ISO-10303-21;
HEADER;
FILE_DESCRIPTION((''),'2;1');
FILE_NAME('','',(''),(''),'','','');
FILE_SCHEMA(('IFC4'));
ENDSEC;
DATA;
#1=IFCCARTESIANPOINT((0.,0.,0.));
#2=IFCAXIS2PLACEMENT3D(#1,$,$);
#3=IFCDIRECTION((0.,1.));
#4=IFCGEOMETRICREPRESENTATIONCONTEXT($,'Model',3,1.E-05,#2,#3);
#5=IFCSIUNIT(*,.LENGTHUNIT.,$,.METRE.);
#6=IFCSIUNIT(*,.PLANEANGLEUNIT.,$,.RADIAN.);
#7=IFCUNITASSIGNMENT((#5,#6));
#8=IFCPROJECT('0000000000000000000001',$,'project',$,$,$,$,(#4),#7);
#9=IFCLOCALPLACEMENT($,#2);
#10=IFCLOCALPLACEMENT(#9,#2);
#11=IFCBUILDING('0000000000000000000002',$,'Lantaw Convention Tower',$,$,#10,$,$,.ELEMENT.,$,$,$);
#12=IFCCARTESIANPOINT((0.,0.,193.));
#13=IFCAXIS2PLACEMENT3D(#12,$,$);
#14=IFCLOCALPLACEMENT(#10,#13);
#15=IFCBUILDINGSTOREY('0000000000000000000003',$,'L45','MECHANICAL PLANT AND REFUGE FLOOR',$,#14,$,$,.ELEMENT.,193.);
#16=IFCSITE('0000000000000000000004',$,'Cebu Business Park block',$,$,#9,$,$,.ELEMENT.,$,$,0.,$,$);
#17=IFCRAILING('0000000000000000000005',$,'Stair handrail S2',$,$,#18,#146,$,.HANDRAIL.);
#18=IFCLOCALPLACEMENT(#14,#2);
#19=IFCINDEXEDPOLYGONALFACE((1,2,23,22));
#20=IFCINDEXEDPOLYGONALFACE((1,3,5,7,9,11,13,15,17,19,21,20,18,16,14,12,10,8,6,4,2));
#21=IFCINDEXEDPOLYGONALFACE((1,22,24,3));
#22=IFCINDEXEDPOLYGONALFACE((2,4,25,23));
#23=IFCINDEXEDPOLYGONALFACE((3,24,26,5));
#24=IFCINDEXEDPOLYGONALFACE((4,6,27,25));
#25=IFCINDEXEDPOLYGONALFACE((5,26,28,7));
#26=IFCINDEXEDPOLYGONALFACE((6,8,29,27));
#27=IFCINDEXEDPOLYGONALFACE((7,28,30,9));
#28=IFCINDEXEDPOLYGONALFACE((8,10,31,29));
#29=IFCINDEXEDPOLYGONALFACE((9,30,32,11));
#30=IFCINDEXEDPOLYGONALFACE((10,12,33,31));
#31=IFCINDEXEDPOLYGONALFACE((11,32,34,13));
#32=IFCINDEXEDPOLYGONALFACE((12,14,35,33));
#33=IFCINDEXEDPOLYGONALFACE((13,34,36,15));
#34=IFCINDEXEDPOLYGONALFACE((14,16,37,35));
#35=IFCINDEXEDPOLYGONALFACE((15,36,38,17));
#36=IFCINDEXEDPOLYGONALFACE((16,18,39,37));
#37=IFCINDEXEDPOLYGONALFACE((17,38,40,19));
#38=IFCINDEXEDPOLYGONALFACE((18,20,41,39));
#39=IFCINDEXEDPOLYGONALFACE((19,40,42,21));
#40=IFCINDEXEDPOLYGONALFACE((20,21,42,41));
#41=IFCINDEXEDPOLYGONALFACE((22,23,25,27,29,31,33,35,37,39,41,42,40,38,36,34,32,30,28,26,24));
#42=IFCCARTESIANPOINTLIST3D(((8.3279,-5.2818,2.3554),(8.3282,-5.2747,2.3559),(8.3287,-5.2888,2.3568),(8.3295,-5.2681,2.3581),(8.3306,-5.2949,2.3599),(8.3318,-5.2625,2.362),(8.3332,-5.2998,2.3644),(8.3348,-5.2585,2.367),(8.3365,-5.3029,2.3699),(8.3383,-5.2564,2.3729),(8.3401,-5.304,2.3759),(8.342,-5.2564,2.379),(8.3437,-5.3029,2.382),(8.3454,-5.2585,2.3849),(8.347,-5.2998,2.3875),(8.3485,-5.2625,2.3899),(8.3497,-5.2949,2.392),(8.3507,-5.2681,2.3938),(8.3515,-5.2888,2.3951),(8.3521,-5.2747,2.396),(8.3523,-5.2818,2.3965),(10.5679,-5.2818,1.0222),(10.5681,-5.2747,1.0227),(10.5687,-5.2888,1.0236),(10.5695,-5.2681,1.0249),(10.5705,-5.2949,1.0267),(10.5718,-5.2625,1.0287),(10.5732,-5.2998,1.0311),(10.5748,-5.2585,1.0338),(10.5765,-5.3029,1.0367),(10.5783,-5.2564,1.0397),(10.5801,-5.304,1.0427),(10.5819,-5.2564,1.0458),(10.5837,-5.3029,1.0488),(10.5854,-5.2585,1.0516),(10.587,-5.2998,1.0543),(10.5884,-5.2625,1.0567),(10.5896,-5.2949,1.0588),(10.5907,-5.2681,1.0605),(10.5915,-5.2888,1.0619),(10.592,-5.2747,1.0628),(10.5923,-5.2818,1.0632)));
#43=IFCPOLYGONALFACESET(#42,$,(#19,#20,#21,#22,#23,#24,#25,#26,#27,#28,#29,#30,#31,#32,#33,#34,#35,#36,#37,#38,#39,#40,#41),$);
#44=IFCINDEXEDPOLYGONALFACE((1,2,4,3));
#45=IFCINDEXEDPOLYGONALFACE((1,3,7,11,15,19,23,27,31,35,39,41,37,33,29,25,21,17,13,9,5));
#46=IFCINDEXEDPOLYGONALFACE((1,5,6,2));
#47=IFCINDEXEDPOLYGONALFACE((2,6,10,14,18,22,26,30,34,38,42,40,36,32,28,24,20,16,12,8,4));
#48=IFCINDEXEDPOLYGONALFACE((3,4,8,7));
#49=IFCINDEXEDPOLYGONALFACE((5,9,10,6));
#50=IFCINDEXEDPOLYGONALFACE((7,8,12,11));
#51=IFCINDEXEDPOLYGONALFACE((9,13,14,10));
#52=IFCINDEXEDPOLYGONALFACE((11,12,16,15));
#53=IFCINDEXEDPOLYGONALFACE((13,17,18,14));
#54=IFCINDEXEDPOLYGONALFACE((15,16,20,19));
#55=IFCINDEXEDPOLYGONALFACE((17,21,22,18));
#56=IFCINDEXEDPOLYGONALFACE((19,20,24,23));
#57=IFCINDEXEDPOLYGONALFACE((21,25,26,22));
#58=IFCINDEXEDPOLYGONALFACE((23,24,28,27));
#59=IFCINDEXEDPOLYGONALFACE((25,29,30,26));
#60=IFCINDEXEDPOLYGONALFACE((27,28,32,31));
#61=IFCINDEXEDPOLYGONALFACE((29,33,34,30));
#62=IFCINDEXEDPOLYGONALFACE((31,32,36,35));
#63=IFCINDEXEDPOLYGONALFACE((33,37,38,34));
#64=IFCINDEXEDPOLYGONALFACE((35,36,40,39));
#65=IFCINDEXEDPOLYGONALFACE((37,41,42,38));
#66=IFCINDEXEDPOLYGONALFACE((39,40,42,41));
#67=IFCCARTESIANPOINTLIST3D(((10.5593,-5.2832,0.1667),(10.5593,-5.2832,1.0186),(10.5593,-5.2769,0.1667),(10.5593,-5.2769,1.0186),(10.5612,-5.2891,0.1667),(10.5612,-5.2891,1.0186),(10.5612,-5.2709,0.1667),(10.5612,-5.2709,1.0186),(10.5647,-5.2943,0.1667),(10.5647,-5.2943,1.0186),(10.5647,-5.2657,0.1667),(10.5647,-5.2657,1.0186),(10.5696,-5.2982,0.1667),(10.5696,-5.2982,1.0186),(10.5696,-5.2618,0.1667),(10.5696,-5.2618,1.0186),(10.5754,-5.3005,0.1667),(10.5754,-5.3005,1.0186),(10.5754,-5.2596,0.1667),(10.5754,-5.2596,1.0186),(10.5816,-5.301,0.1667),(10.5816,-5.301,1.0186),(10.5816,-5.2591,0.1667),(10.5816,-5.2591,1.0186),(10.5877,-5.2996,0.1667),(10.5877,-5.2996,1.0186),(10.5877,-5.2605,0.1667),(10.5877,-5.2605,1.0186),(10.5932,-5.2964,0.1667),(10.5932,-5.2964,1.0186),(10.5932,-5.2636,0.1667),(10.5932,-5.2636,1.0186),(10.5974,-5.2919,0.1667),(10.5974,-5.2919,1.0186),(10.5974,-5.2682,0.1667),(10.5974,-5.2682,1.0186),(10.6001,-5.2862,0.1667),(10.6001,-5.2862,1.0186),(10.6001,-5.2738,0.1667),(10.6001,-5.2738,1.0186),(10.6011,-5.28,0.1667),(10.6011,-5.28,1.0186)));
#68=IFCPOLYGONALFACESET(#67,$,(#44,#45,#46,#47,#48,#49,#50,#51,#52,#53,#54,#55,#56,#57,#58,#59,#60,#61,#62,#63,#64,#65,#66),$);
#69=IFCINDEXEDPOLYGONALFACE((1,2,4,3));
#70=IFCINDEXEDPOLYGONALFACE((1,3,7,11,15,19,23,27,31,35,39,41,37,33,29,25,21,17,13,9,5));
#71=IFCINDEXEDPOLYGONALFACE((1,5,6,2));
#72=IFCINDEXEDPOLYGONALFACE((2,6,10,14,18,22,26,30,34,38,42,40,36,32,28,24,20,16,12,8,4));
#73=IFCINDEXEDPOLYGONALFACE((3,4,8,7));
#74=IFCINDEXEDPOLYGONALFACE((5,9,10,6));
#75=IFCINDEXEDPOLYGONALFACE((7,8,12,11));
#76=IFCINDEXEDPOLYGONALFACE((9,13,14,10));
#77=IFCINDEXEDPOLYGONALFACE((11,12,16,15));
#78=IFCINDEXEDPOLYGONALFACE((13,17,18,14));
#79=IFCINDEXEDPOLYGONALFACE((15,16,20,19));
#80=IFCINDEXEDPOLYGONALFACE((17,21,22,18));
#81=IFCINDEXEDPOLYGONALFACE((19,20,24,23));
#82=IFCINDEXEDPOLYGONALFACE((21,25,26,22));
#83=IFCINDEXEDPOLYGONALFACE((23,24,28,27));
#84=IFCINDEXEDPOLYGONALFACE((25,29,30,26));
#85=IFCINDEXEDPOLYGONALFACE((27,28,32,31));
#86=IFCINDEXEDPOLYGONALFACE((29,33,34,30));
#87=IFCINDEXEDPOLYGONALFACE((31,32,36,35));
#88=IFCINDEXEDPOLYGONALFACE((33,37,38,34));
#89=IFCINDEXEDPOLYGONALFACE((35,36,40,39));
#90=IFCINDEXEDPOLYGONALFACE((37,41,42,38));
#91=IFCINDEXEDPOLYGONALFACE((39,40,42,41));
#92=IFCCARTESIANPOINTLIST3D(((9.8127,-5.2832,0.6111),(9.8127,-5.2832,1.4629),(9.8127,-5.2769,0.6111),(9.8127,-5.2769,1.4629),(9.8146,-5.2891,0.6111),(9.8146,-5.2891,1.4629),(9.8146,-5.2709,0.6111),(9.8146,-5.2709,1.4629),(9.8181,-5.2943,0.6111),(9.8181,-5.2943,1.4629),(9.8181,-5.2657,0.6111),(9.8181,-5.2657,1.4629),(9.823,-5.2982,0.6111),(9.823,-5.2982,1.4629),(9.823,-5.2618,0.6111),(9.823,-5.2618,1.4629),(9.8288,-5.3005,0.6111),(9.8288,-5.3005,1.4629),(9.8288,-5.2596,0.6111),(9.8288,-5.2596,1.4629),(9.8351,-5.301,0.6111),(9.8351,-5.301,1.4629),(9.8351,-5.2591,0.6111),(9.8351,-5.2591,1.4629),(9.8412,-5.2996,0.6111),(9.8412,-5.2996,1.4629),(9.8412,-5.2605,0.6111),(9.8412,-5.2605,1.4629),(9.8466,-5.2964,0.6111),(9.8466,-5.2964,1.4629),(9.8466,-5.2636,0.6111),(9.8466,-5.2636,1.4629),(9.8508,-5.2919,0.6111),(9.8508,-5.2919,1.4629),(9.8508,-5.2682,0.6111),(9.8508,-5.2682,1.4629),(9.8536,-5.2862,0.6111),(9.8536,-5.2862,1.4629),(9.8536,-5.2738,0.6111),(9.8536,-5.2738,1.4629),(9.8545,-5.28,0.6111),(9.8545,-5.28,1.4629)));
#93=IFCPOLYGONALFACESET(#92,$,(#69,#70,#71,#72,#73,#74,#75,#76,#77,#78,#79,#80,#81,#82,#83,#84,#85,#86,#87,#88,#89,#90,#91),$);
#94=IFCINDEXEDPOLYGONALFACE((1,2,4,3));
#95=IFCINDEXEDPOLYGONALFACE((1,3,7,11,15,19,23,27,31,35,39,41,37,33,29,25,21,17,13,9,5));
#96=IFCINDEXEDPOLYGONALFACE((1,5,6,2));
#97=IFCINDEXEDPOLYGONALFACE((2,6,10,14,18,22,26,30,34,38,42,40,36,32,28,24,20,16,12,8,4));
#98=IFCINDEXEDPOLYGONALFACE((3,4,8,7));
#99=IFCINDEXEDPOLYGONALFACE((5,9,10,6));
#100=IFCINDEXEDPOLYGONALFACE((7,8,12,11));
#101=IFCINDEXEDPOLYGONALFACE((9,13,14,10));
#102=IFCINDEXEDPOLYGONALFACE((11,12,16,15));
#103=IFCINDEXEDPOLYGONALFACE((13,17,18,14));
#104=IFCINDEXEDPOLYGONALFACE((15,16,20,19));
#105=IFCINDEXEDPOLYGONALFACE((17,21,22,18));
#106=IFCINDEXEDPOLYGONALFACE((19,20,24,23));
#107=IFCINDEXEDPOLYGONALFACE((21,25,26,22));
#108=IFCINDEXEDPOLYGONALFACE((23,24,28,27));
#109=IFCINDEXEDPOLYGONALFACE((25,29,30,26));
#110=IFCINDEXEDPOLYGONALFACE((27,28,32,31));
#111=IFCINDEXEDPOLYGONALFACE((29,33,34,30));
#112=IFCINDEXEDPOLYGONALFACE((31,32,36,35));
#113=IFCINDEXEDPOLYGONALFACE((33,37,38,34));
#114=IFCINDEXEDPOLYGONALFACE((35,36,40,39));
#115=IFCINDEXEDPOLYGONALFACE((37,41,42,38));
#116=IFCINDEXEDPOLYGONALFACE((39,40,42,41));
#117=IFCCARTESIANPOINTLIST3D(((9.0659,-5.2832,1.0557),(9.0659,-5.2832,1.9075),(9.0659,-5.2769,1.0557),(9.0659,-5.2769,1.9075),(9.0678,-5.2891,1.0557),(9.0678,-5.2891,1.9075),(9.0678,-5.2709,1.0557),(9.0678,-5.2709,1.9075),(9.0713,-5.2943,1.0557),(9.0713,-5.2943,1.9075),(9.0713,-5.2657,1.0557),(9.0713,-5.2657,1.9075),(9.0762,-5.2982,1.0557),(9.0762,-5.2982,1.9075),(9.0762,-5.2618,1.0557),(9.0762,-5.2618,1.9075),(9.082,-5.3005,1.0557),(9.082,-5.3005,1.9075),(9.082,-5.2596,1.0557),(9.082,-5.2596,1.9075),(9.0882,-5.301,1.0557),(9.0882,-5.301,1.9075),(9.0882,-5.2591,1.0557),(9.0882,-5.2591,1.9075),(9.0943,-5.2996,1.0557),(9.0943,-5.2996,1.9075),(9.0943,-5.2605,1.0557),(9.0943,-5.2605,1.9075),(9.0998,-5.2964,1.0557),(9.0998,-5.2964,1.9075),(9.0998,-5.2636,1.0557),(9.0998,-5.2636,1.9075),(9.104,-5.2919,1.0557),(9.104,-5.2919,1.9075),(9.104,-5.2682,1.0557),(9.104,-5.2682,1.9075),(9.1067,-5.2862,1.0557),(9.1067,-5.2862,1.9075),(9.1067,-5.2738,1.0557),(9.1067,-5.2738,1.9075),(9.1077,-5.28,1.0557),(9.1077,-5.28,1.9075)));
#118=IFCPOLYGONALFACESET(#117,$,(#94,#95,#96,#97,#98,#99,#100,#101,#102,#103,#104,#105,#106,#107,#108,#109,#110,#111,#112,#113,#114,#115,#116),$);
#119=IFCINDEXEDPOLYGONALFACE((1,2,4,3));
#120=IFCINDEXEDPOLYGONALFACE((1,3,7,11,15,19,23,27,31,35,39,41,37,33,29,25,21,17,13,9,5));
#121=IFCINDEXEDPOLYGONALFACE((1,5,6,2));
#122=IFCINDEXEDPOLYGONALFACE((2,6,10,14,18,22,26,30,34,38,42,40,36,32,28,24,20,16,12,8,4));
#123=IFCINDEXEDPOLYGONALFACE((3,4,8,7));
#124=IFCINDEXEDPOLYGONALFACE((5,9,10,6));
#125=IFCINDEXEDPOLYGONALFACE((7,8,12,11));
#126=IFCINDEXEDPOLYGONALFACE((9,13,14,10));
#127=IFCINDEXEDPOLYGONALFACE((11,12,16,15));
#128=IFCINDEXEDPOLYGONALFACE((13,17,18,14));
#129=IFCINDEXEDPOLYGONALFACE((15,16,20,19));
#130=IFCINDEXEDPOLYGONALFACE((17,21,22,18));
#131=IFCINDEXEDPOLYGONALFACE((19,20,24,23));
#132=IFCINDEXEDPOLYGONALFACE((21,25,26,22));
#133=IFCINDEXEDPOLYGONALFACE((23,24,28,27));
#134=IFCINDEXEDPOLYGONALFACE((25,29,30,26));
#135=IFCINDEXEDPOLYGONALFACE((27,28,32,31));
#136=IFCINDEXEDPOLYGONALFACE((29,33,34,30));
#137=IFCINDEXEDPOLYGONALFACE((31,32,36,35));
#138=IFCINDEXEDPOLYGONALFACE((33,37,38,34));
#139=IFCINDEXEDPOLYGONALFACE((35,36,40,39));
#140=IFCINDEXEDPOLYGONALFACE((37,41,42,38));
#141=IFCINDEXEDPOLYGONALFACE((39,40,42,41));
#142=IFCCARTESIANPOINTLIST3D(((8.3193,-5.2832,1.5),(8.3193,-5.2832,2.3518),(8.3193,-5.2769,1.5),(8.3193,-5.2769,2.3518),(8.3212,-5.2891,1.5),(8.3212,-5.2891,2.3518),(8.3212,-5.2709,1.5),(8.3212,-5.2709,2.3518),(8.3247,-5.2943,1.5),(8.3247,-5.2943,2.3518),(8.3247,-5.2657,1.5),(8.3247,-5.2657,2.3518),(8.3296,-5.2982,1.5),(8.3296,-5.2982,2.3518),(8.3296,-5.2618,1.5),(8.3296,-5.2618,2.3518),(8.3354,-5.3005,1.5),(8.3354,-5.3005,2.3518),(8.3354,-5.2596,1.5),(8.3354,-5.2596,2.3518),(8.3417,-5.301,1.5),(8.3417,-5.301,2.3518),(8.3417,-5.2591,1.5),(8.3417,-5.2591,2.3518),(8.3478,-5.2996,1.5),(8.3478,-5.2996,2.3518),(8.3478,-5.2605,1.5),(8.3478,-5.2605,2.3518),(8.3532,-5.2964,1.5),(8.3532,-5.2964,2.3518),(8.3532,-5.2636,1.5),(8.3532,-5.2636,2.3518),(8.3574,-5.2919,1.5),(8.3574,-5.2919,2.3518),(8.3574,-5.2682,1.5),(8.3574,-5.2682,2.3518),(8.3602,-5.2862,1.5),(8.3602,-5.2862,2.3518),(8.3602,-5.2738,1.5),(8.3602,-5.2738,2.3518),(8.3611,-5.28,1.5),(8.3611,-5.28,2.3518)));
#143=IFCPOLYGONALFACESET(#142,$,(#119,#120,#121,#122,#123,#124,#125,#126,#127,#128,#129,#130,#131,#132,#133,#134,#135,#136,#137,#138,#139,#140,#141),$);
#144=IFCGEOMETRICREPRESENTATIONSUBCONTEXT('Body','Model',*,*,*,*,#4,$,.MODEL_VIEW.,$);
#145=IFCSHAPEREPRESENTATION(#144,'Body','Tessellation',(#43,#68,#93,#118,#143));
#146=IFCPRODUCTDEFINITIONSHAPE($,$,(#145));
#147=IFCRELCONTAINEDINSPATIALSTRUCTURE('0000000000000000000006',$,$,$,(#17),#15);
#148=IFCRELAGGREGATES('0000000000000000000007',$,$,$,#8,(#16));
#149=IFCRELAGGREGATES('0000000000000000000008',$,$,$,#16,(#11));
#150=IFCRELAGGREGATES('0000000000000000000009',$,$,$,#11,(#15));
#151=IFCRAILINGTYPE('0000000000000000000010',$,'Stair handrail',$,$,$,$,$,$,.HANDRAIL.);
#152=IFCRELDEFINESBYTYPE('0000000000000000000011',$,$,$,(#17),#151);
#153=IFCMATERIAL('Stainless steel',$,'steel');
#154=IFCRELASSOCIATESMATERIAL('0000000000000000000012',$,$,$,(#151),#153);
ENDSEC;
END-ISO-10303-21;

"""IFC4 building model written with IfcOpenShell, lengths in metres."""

from ifc_helpers import new_model, si_unit, direction, frame, origin, origin_2d, place, context, subcontext, project, spatial, circle, extrude, material, type_object, element, save


model = new_model("IFC4")

# Units and contexts
model_context = context("Model", 3, precision=1e-05, world=origin(), true_north=direction((0.0, 1.0)))
body_context = subcontext(model_context, "Body", "Model", "MODEL_VIEW")
ifc_project = project(units=[si_unit("LENGTHUNIT", "METRE"), si_unit("PLANEANGLEUNIT", "RADIAN")], contexts=[model_context])

# Site, building, storey
site_placement = place(None, origin())
site = spatial("IfcSite", under=ifc_project, at=site_placement, Name="Cebu Business Park block", CompositionType="ELEMENT", RefElevation=0.0)
building_placement = place(site_placement, origin())
building = spatial("IfcBuilding", under=site, at=building_placement, Name="Lantaw Convention Tower", CompositionType="ELEMENT")
storey_placement = place(building_placement, frame((0.0, 0.0, 193.0)))
storey = spatial("IfcBuildingStorey", under=building, at=storey_placement, Name="L45", Description="MECHANICAL PLANT AND REFUGE FLOOR", CompositionType="ELEMENT", Elevation=193.0)

# Railing
ifc_material_1 = material(Name="Stainless steel", Category="steel")
railing_type = type_object("IfcRailingType", Name="Stair handrail", PredefinedType="HANDRAIL", material=ifc_material_1)
railing_1_placement = place(storey_placement, frame((10.5801, -5.28, 0.1667)))
element("IfcRailing", 1, at=railing_1_placement, inside=storey, type_object=railing_type, Name="Stair handrail S2", PredefinedType="HANDRAIL", context=body_context, shape_type="SweptSolid", body=[
    extrude(circle(Radius=0.0239, at=origin_2d()), frame((0.0, 0.0, 0.876), z_axis=(-0.859306, 0.0, 0.511462), x_axis=(0.0, -1.0, 0.0)), (0.0, 0.0, 1.0), 2.6067),
    extrude(circle(Radius=0.021, at=origin_2d()), origin(), (0.0, 0.0, 1.0), 0.8518),
    extrude(circle(Radius=0.021, at=origin_2d()), frame((-0.7466, 0.0, 0.4443)), (0.0, 0.0, 1.0), 0.8518),
    extrude(circle(Radius=0.021, at=origin_2d()), frame((-1.4934, 0.0, 0.8889)), (0.0, 0.0, 1.0), 0.8518),
    extrude(circle(Radius=0.021, at=origin_2d()), frame((-2.24, 0.0, 1.3333)), (0.0, 0.0, 1.0), 0.8518),
])

save(model, "model.ifc")
